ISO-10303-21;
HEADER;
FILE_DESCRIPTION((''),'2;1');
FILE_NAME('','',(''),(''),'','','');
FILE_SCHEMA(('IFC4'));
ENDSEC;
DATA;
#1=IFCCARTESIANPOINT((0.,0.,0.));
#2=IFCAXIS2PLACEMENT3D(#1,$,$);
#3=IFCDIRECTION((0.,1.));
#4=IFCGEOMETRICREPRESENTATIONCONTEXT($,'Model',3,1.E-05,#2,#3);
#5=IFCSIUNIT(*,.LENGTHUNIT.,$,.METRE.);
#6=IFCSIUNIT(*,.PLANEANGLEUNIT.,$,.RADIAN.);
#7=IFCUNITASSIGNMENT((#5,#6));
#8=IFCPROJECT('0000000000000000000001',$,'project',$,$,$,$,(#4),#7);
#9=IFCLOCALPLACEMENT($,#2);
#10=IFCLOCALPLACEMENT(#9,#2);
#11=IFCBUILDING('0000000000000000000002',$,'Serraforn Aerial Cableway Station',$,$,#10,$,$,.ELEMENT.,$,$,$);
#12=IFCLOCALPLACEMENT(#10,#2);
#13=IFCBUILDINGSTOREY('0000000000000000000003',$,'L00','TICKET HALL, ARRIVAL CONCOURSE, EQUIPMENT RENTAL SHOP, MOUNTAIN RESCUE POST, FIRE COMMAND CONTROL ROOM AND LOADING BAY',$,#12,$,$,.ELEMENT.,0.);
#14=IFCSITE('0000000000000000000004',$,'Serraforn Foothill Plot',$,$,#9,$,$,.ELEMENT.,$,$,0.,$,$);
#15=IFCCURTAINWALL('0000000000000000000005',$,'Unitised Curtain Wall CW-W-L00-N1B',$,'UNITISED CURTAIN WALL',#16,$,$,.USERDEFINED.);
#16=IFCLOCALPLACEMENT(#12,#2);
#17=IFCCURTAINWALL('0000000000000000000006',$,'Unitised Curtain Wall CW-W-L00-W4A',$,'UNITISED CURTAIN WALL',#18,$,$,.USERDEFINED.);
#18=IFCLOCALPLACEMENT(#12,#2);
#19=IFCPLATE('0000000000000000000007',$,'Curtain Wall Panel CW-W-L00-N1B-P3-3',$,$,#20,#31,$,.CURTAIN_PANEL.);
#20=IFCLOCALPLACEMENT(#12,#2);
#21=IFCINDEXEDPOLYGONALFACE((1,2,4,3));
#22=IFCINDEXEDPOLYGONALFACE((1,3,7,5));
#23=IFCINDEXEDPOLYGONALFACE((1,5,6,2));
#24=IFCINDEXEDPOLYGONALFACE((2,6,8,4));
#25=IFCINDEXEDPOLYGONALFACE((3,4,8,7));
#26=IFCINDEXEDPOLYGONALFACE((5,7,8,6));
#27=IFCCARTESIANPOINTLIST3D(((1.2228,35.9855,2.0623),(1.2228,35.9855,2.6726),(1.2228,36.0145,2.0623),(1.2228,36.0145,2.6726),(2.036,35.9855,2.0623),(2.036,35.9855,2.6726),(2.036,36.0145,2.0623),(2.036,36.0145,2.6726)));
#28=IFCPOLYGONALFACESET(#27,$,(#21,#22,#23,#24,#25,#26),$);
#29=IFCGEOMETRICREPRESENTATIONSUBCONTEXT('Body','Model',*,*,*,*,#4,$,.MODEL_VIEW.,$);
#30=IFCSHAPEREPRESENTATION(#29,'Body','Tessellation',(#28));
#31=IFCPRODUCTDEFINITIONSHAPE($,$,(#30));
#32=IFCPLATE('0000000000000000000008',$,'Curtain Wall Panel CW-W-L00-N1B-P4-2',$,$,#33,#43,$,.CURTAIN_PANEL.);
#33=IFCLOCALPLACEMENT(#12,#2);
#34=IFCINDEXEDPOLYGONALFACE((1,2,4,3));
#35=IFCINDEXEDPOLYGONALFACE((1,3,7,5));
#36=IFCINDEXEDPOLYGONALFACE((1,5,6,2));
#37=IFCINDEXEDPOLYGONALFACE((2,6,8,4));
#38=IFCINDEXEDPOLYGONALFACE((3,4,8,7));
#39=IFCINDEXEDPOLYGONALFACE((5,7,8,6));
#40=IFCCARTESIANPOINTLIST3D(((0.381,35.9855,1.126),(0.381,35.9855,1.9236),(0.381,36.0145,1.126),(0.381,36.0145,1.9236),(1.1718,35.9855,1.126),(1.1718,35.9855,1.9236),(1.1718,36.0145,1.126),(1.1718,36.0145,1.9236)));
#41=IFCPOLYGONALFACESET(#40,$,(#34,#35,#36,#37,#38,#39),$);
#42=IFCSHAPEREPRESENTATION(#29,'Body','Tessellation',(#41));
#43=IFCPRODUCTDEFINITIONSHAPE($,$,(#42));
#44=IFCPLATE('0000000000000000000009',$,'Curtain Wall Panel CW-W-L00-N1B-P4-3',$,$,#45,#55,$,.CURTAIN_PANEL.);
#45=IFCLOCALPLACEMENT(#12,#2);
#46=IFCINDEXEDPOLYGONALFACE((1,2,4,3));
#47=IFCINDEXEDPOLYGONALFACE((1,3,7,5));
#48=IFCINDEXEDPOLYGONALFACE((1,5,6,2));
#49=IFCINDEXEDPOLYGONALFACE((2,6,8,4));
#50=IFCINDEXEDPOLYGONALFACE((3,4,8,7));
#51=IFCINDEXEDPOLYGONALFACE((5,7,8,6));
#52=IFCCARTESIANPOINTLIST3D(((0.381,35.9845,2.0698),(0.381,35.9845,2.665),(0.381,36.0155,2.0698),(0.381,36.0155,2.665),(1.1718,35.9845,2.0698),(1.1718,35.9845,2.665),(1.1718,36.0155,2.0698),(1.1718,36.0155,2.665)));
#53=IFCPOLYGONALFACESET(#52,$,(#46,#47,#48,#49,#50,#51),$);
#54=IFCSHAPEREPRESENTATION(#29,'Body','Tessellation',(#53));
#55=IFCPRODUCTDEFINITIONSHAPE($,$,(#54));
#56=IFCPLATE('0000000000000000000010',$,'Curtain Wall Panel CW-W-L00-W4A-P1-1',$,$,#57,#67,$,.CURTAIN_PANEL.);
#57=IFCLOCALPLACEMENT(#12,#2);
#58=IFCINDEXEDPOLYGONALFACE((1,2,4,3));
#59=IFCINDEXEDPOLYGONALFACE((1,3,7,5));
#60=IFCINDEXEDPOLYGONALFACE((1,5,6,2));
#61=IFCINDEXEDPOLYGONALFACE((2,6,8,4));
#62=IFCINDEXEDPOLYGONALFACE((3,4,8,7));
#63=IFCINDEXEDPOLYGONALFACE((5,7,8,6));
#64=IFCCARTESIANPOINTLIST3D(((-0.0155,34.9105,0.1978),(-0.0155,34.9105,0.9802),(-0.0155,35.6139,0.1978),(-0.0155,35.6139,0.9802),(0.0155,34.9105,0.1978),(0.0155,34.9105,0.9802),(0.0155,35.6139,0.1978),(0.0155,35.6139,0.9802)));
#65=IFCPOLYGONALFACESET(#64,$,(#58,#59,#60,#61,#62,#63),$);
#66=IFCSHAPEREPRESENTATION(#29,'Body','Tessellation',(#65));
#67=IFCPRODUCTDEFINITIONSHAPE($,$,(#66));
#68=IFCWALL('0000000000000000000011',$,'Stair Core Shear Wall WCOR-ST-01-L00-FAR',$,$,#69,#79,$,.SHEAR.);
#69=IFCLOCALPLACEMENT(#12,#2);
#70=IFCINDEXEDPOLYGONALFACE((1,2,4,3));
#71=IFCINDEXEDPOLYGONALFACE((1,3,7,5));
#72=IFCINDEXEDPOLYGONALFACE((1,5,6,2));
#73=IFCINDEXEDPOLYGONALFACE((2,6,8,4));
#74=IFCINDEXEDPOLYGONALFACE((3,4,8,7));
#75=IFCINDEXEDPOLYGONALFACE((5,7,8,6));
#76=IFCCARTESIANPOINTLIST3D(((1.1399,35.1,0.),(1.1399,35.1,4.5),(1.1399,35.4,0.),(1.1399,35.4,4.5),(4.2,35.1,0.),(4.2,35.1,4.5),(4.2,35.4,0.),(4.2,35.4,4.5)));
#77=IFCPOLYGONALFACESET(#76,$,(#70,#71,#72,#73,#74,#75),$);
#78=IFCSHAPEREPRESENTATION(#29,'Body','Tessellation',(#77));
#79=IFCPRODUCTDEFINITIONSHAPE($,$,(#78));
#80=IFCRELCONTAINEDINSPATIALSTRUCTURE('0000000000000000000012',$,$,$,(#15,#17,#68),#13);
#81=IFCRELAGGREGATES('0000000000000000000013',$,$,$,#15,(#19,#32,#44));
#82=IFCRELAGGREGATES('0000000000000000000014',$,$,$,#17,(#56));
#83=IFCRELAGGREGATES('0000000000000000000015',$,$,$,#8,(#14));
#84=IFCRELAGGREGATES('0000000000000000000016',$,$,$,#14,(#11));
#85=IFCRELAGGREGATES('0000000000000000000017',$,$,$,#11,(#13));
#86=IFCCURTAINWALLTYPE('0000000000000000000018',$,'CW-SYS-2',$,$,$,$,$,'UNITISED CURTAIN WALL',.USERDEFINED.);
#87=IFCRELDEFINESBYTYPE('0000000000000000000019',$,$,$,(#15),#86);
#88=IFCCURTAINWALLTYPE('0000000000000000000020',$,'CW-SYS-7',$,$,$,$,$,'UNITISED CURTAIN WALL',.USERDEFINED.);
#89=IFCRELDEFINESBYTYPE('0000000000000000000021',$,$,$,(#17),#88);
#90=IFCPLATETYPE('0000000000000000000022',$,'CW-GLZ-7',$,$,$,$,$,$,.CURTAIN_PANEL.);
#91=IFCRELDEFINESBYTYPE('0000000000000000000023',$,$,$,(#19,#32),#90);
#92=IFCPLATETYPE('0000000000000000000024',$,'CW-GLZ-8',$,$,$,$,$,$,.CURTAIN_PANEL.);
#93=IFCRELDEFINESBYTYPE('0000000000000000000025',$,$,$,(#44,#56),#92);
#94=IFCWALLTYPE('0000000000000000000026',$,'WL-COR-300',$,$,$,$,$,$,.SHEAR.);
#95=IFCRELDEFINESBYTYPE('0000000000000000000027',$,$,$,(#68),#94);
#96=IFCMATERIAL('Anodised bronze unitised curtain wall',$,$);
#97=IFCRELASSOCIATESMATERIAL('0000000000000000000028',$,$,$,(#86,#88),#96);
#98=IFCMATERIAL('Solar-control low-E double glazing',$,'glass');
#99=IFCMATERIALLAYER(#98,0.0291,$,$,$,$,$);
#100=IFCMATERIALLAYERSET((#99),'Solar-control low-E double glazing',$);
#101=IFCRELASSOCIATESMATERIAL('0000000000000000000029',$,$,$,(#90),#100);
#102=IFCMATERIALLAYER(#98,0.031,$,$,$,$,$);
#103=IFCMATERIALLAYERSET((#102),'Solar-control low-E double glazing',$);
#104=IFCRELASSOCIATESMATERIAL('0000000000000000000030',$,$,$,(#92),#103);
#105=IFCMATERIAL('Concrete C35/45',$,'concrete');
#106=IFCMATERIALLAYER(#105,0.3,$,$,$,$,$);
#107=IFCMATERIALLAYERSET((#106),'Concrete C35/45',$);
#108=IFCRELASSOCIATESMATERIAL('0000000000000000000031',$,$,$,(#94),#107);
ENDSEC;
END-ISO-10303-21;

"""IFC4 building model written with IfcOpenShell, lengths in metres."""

from ifc_helpers import new_model, si_unit, direction, frame, frame_2d, origin, origin_2d, place, context, subcontext, project, spatial, rectangle, extrude, material, layer, layer_set, type_object, element, aggregate, save


model = new_model("IFC4")

# Units and contexts
model_context = context("Model", 3, precision=1e-05, world=origin(), true_north=direction((0.0, 1.0)))
body_context = subcontext(model_context, "Body", "Model", "MODEL_VIEW")
ifc_project = project(units=[si_unit("LENGTHUNIT", "METRE"), si_unit("PLANEANGLEUNIT", "RADIAN")], contexts=[model_context])

# Site, building, storey
site_placement = place(None, origin())
site = spatial("IfcSite", under=ifc_project, at=site_placement, Name="Serraforn Foothill Plot", CompositionType="ELEMENT", RefElevation=0.0)
building_placement = place(site_placement, origin())
building = spatial("IfcBuilding", under=site, at=building_placement, Name="Serraforn Aerial Cableway Station", CompositionType="ELEMENT")
storey_placement = place(building_placement, origin())
storey = spatial("IfcBuildingStorey", under=building, at=storey_placement, Name="L00", Description="TICKET HALL, ARRIVAL CONCOURSE, EQUIPMENT RENTAL SHOP, MOUNTAIN RESCUE POST, FIRE COMMAND CONTROL ROOM AND LOADING BAY", CompositionType="ELEMENT", Elevation=0.0)

# Shared definitions
ifc_material_1 = material(Name="Concrete C35/45", Category="concrete")

# Curtain wall
ifc_material_2 = material(Name="Anodised bronze unitised curtain wall")
curtain_wall_type_1 = type_object("IfcCurtainWallType", Name="CW-SYS-2", ElementType="UNITISED CURTAIN WALL", PredefinedType="USERDEFINED", material=ifc_material_2)
curtain_wall_1_placement = place(storey_placement, origin())
curtain_wall_1 = element("IfcCurtainWall", 1, at=curtain_wall_1_placement, inside=storey, type_object=curtain_wall_type_1, Name="Unitised Curtain Wall CW-W-L00-N1B", ObjectType="UNITISED CURTAIN WALL", PredefinedType="USERDEFINED")

# Curtain wall
curtain_wall_type_2 = type_object("IfcCurtainWallType", Name="CW-SYS-7", ElementType="UNITISED CURTAIN WALL", PredefinedType="USERDEFINED", material=ifc_material_2)
curtain_wall_2_placement = place(storey_placement, origin())
curtain_wall_2 = element("IfcCurtainWall", 2, at=curtain_wall_2_placement, inside=storey, type_object=curtain_wall_type_2, Name="Unitised Curtain Wall CW-W-L00-W4A", ObjectType="UNITISED CURTAIN WALL", PredefinedType="USERDEFINED")

# Plates
ifc_material_3 = material(Name="Solar-control low-E double glazing", Category="glass")
ifc_layer_1 = layer(ifc_material_3, 0.0291)
ifc_layer_set_1 = layer_set([ifc_layer_1], Name="Solar-control low-E double glazing")
plate_type_1 = type_object("IfcPlateType", Name="CW-GLZ-7", PredefinedType="CURTAIN_PANEL", material=ifc_layer_set_1)
plate_1_placement = place(storey_placement, frame((1.6294, 36.0, 2.0623), z_axis=(0.0, 0.0, 1.0), x_axis=(1.0, 0.0, 0.0)))
plate_1 = element("IfcPlate", 3, at=plate_1_placement, type_object=plate_type_1, Name="Curtain Wall Panel CW-W-L00-N1B-P3-3", PredefinedType="CURTAIN_PANEL", context=body_context, shape_type="SweptSolid", body=[
    extrude(rectangle(XDim=0.8132, YDim=0.0291, at=origin_2d()), origin(), (0.0, 0.0, 1.0), 0.6104),
])
plate_2_placement = place(storey_placement, frame((0.7764, 36.0, 1.126), z_axis=(0.0, 0.0, 1.0), x_axis=(1.0, 0.0, 0.0)))
plate_2 = element("IfcPlate", 4, at=plate_2_placement, type_object=plate_type_1, Name="Curtain Wall Panel CW-W-L00-N1B-P4-2", PredefinedType="CURTAIN_PANEL", context=body_context, shape_type="SweptSolid", body=[
    extrude(rectangle(XDim=0.7908, YDim=0.0291, at=origin_2d()), origin(), (0.0, 0.0, 1.0), 0.7976),
])
ifc_layer_2 = layer(ifc_material_3, 0.031)
ifc_layer_set_2 = layer_set([ifc_layer_2], Name="Solar-control low-E double glazing")
plate_type_2 = type_object("IfcPlateType", Name="CW-GLZ-8", PredefinedType="CURTAIN_PANEL", material=ifc_layer_set_2)
plate_3_placement = place(storey_placement, frame((0.7764, 36.0, 2.0698), z_axis=(0.0, 0.0, 1.0), x_axis=(1.0, 0.0, 0.0)))
plate_3 = element("IfcPlate", 5, at=plate_3_placement, type_object=plate_type_2, Name="Curtain Wall Panel CW-W-L00-N1B-P4-3", PredefinedType="CURTAIN_PANEL", context=body_context, shape_type="SweptSolid", body=[
    extrude(rectangle(XDim=0.7908, YDim=0.031, at=origin_2d()), origin(), (0.0, 0.0, 1.0), 0.5952),
])
aggregate(curtain_wall_1, [plate_1, plate_2, plate_3])
plate_4_placement = place(storey_placement, frame((0.0, 35.2622, 0.1978), z_axis=(0.0, 0.0, 1.0), x_axis=(1.0, 0.0, 0.0)))
plate_4 = element("IfcPlate", 6, at=plate_4_placement, type_object=plate_type_2, Name="Curtain Wall Panel CW-W-L00-W4A-P1-1", PredefinedType="CURTAIN_PANEL", context=body_context, shape_type="SweptSolid", body=[
    extrude(rectangle(XDim=0.031, YDim=0.7034, at=origin_2d()), origin(), (0.0, 0.0, 1.0), 0.7825),
])
aggregate(curtain_wall_2, [plate_4])

# Wall
ifc_layer_3 = layer(ifc_material_1, 0.3)
ifc_layer_set_3 = layer_set([ifc_layer_3], Name="Concrete C35/45")
wall_type = type_object("IfcWallType", Name="WL-COR-300", PredefinedType="SHEAR", material=ifc_layer_set_3)
wall_placement = place(storey_placement, frame((4.2, 35.25, 0.0), z_axis=(0.0, 0.0, 1.0), x_axis=(-1.0, 0.0, 0.0)))
element("IfcWall", 7, at=wall_placement, inside=storey, type_object=wall_type, Name="Stair Core Shear Wall WCOR-ST-01-L00-FAR", PredefinedType="SHEAR", context=body_context, shape_type="SweptSolid", body=[
    extrude(rectangle(XDim=3.0601, YDim=0.3, at=frame_2d((1.53, 0.0))), origin(), (0.0, 0.0, 1.0), 4.5),
])

save(model, "model.ifc")
